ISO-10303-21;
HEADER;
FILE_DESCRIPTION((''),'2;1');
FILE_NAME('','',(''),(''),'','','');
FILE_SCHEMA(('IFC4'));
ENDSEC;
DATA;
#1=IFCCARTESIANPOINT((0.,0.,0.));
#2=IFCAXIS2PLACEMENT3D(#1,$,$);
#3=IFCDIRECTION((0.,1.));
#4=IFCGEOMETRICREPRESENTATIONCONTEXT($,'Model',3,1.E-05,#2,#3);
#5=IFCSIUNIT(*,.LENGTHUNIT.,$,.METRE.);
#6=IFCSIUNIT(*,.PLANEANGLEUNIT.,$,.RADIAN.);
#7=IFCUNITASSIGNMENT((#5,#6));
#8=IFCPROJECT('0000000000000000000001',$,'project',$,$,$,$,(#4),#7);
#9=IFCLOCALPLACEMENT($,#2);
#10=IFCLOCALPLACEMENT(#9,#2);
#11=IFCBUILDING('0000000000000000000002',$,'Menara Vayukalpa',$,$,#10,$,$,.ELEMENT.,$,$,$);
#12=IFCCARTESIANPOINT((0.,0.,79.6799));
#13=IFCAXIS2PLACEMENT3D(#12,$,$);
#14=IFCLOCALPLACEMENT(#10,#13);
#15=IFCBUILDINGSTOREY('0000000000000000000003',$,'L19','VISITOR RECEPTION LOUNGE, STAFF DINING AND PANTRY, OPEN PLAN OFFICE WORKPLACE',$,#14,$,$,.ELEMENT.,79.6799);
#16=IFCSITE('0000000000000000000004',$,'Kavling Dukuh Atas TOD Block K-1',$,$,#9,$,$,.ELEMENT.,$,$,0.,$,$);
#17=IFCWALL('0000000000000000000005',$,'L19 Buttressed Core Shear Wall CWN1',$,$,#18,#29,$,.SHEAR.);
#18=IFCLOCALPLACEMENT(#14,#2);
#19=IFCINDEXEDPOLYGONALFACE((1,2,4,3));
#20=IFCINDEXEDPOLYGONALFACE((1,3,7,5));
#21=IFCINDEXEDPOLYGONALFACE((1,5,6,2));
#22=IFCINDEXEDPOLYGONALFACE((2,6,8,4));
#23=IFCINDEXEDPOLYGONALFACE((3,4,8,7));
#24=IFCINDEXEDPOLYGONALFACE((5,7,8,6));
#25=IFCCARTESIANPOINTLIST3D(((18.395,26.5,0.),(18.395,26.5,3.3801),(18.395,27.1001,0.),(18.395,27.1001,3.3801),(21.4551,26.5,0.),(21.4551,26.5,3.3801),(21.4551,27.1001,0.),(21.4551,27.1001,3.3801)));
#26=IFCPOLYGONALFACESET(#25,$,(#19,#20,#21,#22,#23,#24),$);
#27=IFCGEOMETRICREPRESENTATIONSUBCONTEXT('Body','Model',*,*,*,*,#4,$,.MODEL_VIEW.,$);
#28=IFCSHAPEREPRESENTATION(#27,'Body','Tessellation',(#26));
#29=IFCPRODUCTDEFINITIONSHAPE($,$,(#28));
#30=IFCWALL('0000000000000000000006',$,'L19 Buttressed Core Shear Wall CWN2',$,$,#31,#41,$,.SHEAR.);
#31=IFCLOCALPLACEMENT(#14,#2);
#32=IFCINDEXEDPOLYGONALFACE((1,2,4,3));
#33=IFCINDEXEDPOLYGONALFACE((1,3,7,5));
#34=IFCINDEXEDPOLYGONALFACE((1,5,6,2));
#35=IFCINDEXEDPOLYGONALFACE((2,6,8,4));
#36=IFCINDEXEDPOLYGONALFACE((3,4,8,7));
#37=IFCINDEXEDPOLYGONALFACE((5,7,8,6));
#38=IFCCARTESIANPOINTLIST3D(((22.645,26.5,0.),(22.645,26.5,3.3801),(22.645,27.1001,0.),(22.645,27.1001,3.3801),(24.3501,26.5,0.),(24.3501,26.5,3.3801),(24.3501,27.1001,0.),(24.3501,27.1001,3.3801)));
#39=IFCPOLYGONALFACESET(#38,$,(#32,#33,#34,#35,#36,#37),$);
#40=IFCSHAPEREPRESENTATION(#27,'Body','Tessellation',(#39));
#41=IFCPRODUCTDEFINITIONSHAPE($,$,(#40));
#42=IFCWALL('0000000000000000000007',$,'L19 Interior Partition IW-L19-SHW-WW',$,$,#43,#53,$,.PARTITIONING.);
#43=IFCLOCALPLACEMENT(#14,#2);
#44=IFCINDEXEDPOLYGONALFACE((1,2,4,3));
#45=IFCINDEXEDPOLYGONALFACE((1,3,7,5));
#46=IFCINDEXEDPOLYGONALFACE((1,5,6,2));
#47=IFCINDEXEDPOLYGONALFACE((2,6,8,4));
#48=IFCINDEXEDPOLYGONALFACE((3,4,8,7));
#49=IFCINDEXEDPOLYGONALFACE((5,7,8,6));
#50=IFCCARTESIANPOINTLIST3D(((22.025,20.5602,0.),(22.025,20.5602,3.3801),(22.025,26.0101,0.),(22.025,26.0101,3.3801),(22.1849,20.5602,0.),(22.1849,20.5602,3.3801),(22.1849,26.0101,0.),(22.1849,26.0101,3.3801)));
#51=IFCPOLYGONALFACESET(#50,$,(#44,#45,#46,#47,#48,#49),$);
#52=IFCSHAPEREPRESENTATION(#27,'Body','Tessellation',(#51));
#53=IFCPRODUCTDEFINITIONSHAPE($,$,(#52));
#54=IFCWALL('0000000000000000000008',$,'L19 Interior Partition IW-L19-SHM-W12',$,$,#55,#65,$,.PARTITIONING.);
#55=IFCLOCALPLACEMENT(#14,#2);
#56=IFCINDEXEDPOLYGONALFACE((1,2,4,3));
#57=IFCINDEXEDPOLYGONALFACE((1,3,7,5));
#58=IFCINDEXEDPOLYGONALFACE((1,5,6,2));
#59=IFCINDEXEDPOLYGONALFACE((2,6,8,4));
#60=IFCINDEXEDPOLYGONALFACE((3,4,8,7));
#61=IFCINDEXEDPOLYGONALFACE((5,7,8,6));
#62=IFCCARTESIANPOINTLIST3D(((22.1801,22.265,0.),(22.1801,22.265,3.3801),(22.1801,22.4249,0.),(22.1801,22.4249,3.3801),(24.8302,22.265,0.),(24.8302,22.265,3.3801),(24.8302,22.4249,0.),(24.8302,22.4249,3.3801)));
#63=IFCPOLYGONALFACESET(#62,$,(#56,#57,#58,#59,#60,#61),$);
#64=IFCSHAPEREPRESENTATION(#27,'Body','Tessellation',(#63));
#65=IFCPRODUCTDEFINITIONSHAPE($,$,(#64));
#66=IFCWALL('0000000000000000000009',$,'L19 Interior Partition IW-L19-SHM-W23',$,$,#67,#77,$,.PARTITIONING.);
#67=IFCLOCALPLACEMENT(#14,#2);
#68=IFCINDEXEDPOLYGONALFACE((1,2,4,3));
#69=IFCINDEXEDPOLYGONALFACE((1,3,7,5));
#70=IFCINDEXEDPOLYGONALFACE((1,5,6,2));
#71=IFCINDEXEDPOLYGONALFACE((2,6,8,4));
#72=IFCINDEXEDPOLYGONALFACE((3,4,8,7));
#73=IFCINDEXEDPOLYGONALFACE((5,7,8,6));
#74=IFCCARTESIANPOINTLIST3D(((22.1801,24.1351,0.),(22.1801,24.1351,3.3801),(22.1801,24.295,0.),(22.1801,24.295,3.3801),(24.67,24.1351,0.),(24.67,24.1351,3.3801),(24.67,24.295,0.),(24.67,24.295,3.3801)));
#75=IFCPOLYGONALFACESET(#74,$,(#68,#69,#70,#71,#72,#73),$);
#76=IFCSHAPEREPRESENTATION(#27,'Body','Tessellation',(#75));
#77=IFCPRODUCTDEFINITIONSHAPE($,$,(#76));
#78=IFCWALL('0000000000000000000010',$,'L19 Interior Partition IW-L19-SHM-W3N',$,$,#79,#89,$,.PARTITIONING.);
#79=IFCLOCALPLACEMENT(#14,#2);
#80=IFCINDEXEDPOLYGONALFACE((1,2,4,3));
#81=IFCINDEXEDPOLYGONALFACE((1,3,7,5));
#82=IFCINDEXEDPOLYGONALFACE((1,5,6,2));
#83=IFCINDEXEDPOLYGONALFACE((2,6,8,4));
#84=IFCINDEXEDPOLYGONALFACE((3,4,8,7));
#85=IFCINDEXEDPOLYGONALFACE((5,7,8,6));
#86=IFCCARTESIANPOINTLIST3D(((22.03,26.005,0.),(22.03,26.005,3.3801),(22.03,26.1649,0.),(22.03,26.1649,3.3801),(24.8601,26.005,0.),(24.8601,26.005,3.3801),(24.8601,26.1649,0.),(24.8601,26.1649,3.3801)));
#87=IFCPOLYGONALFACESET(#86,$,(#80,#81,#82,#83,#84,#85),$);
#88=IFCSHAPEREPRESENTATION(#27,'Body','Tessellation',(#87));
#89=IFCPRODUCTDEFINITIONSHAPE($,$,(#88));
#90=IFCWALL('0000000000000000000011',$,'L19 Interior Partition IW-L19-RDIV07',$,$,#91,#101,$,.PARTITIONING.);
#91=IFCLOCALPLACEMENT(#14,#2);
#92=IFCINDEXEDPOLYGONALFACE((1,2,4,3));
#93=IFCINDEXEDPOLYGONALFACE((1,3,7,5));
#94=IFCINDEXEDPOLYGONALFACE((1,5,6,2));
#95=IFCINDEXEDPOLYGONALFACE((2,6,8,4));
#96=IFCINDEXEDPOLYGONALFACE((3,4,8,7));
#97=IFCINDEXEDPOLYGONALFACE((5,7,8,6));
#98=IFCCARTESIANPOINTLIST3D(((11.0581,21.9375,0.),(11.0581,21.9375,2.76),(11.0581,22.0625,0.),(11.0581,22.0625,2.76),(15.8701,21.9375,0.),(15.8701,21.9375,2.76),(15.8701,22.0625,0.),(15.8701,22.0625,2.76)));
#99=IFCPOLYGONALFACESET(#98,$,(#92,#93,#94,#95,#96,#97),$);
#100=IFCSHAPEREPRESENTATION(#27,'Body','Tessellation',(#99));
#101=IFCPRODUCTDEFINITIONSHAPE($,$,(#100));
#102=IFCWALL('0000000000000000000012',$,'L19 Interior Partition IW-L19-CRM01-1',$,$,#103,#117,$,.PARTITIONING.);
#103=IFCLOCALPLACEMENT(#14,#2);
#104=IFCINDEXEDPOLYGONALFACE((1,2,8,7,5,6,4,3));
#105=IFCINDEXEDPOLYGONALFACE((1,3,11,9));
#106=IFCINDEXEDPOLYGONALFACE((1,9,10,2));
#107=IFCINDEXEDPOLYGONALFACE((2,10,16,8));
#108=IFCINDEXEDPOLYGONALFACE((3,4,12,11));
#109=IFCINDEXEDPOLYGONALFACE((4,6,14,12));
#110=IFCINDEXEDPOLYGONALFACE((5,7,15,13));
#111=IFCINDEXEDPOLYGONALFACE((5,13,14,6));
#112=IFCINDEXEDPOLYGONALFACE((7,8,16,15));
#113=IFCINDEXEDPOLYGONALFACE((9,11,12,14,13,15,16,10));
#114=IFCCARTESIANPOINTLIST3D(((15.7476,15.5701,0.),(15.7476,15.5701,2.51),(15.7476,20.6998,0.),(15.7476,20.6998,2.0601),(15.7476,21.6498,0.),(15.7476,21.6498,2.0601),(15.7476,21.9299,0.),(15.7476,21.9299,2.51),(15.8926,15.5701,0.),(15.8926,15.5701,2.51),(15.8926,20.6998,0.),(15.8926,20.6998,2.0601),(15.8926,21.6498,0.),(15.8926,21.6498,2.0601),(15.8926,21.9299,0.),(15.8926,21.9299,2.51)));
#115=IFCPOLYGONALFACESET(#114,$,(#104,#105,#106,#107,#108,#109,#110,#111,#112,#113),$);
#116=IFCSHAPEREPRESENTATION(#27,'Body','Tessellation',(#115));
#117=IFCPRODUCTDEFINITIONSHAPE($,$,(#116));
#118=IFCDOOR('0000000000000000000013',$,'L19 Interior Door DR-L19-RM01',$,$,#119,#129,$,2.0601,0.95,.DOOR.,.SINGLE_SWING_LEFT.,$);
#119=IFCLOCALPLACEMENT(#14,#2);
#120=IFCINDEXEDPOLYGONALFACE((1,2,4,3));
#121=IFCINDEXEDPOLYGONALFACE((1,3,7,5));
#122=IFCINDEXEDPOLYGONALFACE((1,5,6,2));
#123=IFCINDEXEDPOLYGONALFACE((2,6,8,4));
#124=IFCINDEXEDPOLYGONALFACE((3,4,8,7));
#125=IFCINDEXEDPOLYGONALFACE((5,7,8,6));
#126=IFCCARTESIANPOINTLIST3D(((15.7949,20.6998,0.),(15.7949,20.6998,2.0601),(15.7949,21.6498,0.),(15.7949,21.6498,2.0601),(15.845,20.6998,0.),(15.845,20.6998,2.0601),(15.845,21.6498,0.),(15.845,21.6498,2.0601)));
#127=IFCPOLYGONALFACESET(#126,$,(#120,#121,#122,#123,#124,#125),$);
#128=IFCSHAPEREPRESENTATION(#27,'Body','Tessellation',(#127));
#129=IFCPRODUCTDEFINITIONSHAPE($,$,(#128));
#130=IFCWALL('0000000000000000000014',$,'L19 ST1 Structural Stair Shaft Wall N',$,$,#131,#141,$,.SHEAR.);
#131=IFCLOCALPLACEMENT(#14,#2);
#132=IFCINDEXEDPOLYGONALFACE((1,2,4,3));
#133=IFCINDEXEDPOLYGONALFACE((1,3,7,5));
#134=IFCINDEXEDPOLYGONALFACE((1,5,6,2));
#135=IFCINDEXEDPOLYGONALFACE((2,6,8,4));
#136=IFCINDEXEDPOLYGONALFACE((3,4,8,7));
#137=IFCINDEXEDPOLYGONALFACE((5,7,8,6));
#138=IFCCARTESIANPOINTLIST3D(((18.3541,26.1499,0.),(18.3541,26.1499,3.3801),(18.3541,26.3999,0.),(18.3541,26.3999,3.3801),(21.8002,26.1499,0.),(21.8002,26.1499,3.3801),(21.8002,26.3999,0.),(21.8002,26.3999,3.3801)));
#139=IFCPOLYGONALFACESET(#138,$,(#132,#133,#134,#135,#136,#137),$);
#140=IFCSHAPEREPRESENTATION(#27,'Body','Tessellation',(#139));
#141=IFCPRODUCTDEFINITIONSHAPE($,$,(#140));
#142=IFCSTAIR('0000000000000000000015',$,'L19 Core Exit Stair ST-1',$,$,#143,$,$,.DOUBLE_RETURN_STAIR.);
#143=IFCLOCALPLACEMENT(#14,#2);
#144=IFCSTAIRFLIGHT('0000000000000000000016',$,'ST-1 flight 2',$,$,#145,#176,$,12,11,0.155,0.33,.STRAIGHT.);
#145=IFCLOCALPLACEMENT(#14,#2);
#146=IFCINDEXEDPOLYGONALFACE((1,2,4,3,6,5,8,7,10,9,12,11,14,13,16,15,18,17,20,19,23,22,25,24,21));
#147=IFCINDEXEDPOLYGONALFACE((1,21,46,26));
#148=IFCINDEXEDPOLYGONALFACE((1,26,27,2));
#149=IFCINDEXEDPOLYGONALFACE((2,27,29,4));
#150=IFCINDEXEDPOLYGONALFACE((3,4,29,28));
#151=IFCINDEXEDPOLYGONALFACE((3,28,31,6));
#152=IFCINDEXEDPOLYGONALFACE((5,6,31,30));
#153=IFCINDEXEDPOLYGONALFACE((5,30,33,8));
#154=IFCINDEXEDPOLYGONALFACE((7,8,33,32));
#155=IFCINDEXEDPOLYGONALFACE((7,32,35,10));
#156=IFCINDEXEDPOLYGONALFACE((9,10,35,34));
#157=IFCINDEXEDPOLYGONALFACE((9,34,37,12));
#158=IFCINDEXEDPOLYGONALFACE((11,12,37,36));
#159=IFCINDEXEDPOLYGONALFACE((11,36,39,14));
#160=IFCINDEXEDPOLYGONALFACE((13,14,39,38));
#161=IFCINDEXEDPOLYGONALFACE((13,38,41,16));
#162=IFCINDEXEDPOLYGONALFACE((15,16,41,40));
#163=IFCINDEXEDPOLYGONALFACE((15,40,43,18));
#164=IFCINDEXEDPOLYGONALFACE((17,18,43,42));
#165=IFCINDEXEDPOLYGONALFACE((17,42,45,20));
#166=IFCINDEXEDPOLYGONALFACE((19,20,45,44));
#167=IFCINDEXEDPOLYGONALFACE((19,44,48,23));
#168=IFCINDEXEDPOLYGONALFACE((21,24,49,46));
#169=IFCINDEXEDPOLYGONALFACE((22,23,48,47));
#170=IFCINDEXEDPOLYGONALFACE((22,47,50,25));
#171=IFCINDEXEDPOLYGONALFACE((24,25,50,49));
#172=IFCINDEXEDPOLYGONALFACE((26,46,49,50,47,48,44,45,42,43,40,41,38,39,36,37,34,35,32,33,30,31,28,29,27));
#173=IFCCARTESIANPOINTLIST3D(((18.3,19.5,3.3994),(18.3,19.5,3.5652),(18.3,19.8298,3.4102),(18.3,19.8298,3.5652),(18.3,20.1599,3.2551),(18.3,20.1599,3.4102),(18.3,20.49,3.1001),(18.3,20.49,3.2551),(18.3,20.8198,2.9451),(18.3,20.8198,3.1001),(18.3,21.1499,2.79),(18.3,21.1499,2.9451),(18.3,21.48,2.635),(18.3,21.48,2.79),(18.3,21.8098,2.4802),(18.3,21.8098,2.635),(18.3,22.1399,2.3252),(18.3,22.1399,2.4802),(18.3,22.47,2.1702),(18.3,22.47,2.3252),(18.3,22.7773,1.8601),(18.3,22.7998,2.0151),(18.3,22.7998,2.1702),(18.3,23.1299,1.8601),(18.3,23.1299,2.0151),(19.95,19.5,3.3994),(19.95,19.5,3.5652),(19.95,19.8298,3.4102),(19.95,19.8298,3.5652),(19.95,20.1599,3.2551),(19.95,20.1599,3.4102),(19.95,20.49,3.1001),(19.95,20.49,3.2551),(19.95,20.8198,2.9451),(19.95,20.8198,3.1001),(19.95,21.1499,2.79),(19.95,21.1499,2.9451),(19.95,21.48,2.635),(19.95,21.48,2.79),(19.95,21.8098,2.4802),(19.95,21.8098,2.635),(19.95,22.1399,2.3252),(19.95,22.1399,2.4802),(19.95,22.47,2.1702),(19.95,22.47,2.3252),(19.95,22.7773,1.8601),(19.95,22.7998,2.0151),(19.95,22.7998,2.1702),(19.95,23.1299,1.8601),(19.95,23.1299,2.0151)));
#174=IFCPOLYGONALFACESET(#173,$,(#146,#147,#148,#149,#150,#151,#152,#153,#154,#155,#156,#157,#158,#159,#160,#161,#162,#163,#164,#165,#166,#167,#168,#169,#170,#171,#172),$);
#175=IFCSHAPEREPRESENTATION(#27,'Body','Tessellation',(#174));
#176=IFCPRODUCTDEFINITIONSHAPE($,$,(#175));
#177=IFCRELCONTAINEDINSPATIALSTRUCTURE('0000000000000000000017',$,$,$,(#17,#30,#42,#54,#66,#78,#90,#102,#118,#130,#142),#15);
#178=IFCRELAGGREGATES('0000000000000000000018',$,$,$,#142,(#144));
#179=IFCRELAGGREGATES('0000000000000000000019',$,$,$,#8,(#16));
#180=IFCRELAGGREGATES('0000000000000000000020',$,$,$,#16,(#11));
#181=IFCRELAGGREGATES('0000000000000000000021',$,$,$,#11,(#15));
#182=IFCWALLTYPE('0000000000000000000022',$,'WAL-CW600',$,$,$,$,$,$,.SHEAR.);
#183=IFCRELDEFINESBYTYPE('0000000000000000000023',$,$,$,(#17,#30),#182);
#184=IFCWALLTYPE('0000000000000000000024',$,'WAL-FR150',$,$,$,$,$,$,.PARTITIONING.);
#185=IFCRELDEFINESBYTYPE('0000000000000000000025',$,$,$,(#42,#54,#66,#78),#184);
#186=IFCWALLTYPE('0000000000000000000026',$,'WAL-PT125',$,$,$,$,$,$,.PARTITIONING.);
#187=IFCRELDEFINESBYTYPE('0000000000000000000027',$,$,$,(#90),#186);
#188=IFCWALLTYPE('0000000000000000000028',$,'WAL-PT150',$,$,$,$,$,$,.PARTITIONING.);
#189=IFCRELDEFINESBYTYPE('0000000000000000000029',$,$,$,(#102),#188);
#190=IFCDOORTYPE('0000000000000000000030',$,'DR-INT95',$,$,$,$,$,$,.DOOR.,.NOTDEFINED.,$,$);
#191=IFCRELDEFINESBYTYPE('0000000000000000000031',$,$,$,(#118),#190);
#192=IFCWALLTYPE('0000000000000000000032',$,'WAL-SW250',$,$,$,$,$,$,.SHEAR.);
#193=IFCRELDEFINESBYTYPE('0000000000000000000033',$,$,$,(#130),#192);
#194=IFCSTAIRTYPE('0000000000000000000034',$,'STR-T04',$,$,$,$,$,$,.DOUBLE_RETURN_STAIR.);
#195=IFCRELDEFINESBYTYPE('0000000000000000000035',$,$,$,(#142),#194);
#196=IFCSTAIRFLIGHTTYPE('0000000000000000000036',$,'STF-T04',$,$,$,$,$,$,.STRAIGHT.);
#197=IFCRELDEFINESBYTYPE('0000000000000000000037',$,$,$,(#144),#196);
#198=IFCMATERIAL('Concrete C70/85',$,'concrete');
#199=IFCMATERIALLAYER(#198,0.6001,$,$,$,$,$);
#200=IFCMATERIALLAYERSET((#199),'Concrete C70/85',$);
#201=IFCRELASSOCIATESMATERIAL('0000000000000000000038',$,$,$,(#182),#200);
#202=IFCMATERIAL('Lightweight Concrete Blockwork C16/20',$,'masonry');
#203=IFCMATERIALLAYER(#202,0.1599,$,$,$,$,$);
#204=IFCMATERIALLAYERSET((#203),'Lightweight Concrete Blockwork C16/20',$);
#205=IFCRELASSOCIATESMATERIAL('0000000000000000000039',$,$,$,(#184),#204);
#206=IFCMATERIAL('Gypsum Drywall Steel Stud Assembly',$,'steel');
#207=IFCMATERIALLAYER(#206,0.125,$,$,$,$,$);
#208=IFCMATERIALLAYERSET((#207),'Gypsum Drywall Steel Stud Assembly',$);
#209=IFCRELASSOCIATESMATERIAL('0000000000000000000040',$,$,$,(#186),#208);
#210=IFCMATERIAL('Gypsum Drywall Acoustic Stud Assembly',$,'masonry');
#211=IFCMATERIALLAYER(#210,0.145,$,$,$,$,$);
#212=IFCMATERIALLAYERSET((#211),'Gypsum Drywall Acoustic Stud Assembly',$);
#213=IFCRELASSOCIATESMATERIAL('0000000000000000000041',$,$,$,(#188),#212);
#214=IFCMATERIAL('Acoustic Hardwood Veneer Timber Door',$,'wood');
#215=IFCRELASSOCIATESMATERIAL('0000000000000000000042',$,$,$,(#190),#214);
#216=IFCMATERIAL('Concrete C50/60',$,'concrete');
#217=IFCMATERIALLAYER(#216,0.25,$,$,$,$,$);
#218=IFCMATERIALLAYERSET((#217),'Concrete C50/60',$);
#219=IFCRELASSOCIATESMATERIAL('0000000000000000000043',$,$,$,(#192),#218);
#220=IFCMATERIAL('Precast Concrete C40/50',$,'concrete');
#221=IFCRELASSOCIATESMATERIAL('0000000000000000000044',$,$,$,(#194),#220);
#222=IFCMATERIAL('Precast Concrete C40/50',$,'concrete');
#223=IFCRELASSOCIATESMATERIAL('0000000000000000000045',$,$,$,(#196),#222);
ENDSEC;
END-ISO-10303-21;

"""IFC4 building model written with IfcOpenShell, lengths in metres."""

from ifc_helpers import new_model, si_unit, direction, frame, frame_2d, origin, place, context, subcontext, project, spatial, polyline, rectangle, outline, extrude, material, layer, layer_set, type_object, element, fill, aggregate, save


model = new_model("IFC4")

# Units and contexts
model_context = context("Model", 3, precision=1e-05, world=origin(), true_north=direction((0.0, 1.0)))
body_context = subcontext(model_context, "Body", "Model", "MODEL_VIEW")
ifc_project = project(units=[si_unit("LENGTHUNIT", "METRE"), si_unit("PLANEANGLEUNIT", "RADIAN")], contexts=[model_context])

# Site, building, storey
site_placement = place(None, origin())
site = spatial("IfcSite", under=ifc_project, at=site_placement, Name="Kavling Dukuh Atas TOD Block K-1", CompositionType="ELEMENT", RefElevation=0.0)
building_placement = place(site_placement, origin())
building = spatial("IfcBuilding", under=site, at=building_placement, Name="Menara Vayukalpa", CompositionType="ELEMENT")
storey_placement = place(building_placement, frame((0.0, 0.0, 79.6799)))
storey = spatial("IfcBuildingStorey", under=building, at=storey_placement, Name="L19", Description="VISITOR RECEPTION LOUNGE, STAFF DINING AND PANTRY, OPEN PLAN OFFICE WORKPLACE", CompositionType="ELEMENT", Elevation=79.6799)

# Walls
ifc_material_1 = material(Name="Concrete C70/85", Category="concrete")
ifc_layer_1 = layer(ifc_material_1, 0.6001)
ifc_layer_set_1 = layer_set([ifc_layer_1], Name="Concrete C70/85")
wall_type_1 = type_object("IfcWallType", Name="WAL-CW600", PredefinedType="SHEAR", material=ifc_layer_set_1)
wall_1_placement = place(storey_placement, frame((18.395, 26.8, 0.0), z_axis=(0.0, 0.0, 1.0), x_axis=(1.0, 0.0, 0.0)))
element("IfcWall", 1, at=wall_1_placement, inside=storey, type_object=wall_type_1, Name="L19 Buttressed Core Shear Wall CWN1", PredefinedType="SHEAR", context=body_context, shape_type="SweptSolid", body=[
    extrude(rectangle(XDim=3.0601, YDim=0.6001, at=frame_2d((1.53, 0.0))), origin(), (0.0, 0.0, 1.0), 3.3801),
])
wall_2_placement = place(storey_placement, frame((22.645, 26.8, 0.0), z_axis=(0.0, 0.0, 1.0), x_axis=(1.0, 0.0, 0.0)))
element("IfcWall", 2, at=wall_2_placement, inside=storey, type_object=wall_type_1, Name="L19 Buttressed Core Shear Wall CWN2", PredefinedType="SHEAR", context=body_context, shape_type="SweptSolid", body=[
    extrude(rectangle(XDim=1.7051, YDim=0.6001, at=frame_2d((0.8525, 0.0))), origin(), (0.0, 0.0, 1.0), 3.3801),
])
ifc_material_2 = material(Name="Lightweight Concrete Blockwork C16/20", Category="masonry")
ifc_layer_2 = layer(ifc_material_2, 0.1599)
ifc_layer_set_2 = layer_set([ifc_layer_2], Name="Lightweight Concrete Blockwork C16/20")
wall_type_2 = type_object("IfcWallType", Name="WAL-FR150", PredefinedType="PARTITIONING", material=ifc_layer_set_2)
wall_3_placement = place(storey_placement, frame((22.105, 20.5601, 0.0), z_axis=(0.0, 0.0, 1.0), x_axis=(0.0, 1.0, 0.0)))
element("IfcWall", 3, at=wall_3_placement, inside=storey, type_object=wall_type_2, Name="L19 Interior Partition IW-L19-SHW-WW", PredefinedType="PARTITIONING", context=body_context, shape_type="SweptSolid", body=[
    extrude(rectangle(XDim=5.45, YDim=0.1599, at=frame_2d((2.7251, 0.0))), origin(), (0.0, 0.0, 1.0), 3.3801),
])
wall_4_placement = place(storey_placement, frame((22.1799, 22.345, 0.0), z_axis=(0.0, 0.0, 1.0), x_axis=(1.0, 0.0, 0.0)))
element("IfcWall", 4, at=wall_4_placement, inside=storey, type_object=wall_type_2, Name="L19 Interior Partition IW-L19-SHM-W12", PredefinedType="PARTITIONING", context=body_context, shape_type="SweptSolid", body=[
    extrude(rectangle(XDim=2.6501, YDim=0.1599, at=frame_2d((1.3252, 0.0))), origin(), (0.0, 0.0, 1.0), 3.3801),
])
wall_5_placement = place(storey_placement, frame((22.1799, 24.2151, 0.0), z_axis=(0.0, 0.0, 1.0), x_axis=(1.0, 0.0, 0.0)))
element("IfcWall", 5, at=wall_5_placement, inside=storey, type_object=wall_type_2, Name="L19 Interior Partition IW-L19-SHM-W23", PredefinedType="PARTITIONING", context=body_context, shape_type="SweptSolid", body=[
    extrude(rectangle(XDim=2.49, YDim=0.1599, at=frame_2d((1.2451, 0.0))), origin(), (0.0, 0.0, 1.0), 3.3801),
])
wall_6_placement = place(storey_placement, frame((22.03, 26.085, 0.0), z_axis=(0.0, 0.0, 1.0), x_axis=(1.0, 0.0, 0.0)))
element("IfcWall", 6, at=wall_6_placement, inside=storey, type_object=wall_type_2, Name="L19 Interior Partition IW-L19-SHM-W3N", PredefinedType="PARTITIONING", context=body_context, shape_type="SweptSolid", body=[
    extrude(rectangle(XDim=2.8301, YDim=0.1599, at=frame_2d((1.415, 0.0))), origin(), (0.0, 0.0, 1.0), 3.3801),
])
ifc_material_3 = material(Name="Gypsum Drywall Steel Stud Assembly", Category="steel")
ifc_layer_3 = layer(ifc_material_3, 0.125)
ifc_layer_set_3 = layer_set([ifc_layer_3], Name="Gypsum Drywall Steel Stud Assembly")
wall_type_3 = type_object("IfcWallType", Name="WAL-PT125", PredefinedType="PARTITIONING", material=ifc_layer_set_3)
wall_7_placement = place(storey_placement, frame((11.0581, 22.0, 0.0), z_axis=(0.0, 0.0, 1.0), x_axis=(1.0, 0.0, 0.0)))
element("IfcWall", 7, at=wall_7_placement, inside=storey, type_object=wall_type_3, Name="L19 Interior Partition IW-L19-RDIV07", PredefinedType="PARTITIONING", context=body_context, shape_type="SweptSolid", body=[
    extrude(rectangle(XDim=4.812, YDim=0.125, at=frame_2d((2.406, 0.0))), origin(), (0.0, 0.0, 1.0), 2.76),
])

# Wall, opening, door
ifc_material_4 = material(Name="Gypsum Drywall Acoustic Stud Assembly", Category="masonry")
ifc_layer_4 = layer(ifc_material_4, 0.145)
ifc_layer_set_4 = layer_set([ifc_layer_4], Name="Gypsum Drywall Acoustic Stud Assembly")
wall_type_4 = type_object("IfcWallType", Name="WAL-PT150", PredefinedType="PARTITIONING", material=ifc_layer_set_4)
wall_8_placement = place(storey_placement, frame((15.8201, 21.9299, 0.0), z_axis=(0.0, 0.0, 1.0), x_axis=(0.0, -1.0, 0.0)))
wall_8 = element("IfcWall", 8, at=wall_8_placement, inside=storey, type_object=wall_type_4, Name="L19 Interior Partition IW-L19-CRM01-1", PredefinedType="PARTITIONING", context=body_context, shape_type="SweptSolid", body=[
    extrude(rectangle(XDim=6.3599, YDim=0.145, at=frame_2d((3.1799, 0.0))), origin(), (0.0, 0.0, 1.0), 2.51),
])
opening_placement = place(wall_8_placement, frame((0.28, 0.0, 0.0)))
opening = element("IfcOpeningElement", 9, at=opening_placement, cuts=wall_8, PredefinedType="OPENING", context=body_context, shape_type="SweptSolid", body=[
    extrude(rectangle(XDim=0.95, YDim=2.0601, at=frame_2d((0.4751, 1.03))), frame((0.0, 0.0825, 0.0), z_axis=(0.0, -1.0, 0.0), x_axis=(1.0, 0.0, 0.0)), (0.0, 0.0, 1.0), 0.165),
])
ifc_material_5 = material(Name="Acoustic Hardwood Veneer Timber Door", Category="wood")
door_type = type_object("IfcDoorType", Name="DR-INT95", OperationType="NOTDEFINED", PredefinedType="DOOR", material=ifc_material_5)
door_placement = place(opening_placement, origin())
door = element("IfcDoor", 10, at=door_placement, inside=storey, type_object=door_type, Name="L19 Interior Door DR-L19-RM01", OperationType="SINGLE_SWING_LEFT", OverallHeight=2.0601, OverallWidth=0.95, PredefinedType="DOOR", context=body_context, shape_type="SweptSolid", body=[
    extrude(rectangle(XDim=0.95, YDim=2.0601, at=frame_2d((0.4751, 1.03))), frame((0.0, 0.0249, 0.0), z_axis=(0.0, -1.0, 0.0), x_axis=(1.0, 0.0, 0.0)), (0.0, 0.0, 1.0), 0.05),
])
fill(opening, door)

# Wall
ifc_material_6 = material(Name="Concrete C50/60", Category="concrete")
ifc_layer_5 = layer(ifc_material_6, 0.25)
ifc_layer_set_5 = layer_set([ifc_layer_5], Name="Concrete C50/60")
wall_type_5 = type_object("IfcWallType", Name="WAL-SW250", PredefinedType="SHEAR", material=ifc_layer_set_5)
wall_9_placement = place(storey_placement, frame((18.354, 26.2749, 0.0), z_axis=(0.0, 0.0, 1.0), x_axis=(1.0, 0.0, 0.0)))
element("IfcWall", 11, at=wall_9_placement, inside=storey, type_object=wall_type_5, Name="L19 ST1 Structural Stair Shaft Wall N", PredefinedType="SHEAR", context=body_context, shape_type="SweptSolid", body=[
    extrude(rectangle(XDim=3.446, YDim=0.25, at=frame_2d((1.7231, 0.0))), origin(), (0.0, 0.0, 1.0), 3.3801),
])

# Stair, stair flight
ifc_material_7 = material(Name="Precast Concrete C40/50", Category="concrete")
stair_type = type_object("IfcStairType", Name="STR-T04", PredefinedType="DOUBLE_RETURN_STAIR", material=ifc_material_7)
stair_placement = place(storey_placement, origin())
stair = element("IfcStair", 12, at=stair_placement, inside=storey, type_object=stair_type, Name="L19 Core Exit Stair ST-1", PredefinedType="DOUBLE_RETURN_STAIR")
ifc_material_8 = material(Name="Precast Concrete C40/50", Category="concrete")
stair_flight_type = type_object("IfcStairFlightType", Name="STF-T04", PredefinedType="STRAIGHT", material=ifc_material_8)
stair_flight_placement = place(storey_placement, frame((19.125, 23.1299, 1.8601), z_axis=(0.0, 0.0, 1.0), x_axis=(0.0, -1.0, 0.0)))
stair_flight = element("IfcStairFlight", 13, at=stair_flight_placement, type_object=stair_flight_type, Name="ST-1 flight 2", NumberOfRisers=12, NumberOfTreads=11, PredefinedType="STRAIGHT", RiserHeight=0.155, TreadLength=0.33, context=body_context, shape_type="SweptSolid", body=[
    extrude(outline(polyline([(0.0, 0.0), (0.0, 0.155), (0.3301, 0.155), (0.3301, 0.3101), (0.6599, 0.3101), (0.6599, 0.4651), (0.99, 0.4651), (0.99, 0.6201), (1.3201, 0.6201), (1.3201, 0.7749), (1.6499, 0.7749), (1.6499, 0.9299), (1.98, 0.9299), (1.98, 1.085), (2.3101, 1.085), (2.3101, 1.24), (2.6399, 1.24), (2.6399, 1.395), (2.97, 1.395), (2.97, 1.55), (3.3, 1.55), (3.3, 1.7051), (3.6299, 1.7051), (3.6299, 1.8601), (3.6299, 1.5393), (0.3525, 0.0), (0.0, 0.0)])), frame((0.0, 0.825, 0.0), z_axis=(0.0, -1.0, 0.0), x_axis=(1.0, 0.0, 0.0)), (0.0, 0.0, 1.0), 1.6499),
])
aggregate(stair, [stair_flight])

save(model, "model.ifc")
